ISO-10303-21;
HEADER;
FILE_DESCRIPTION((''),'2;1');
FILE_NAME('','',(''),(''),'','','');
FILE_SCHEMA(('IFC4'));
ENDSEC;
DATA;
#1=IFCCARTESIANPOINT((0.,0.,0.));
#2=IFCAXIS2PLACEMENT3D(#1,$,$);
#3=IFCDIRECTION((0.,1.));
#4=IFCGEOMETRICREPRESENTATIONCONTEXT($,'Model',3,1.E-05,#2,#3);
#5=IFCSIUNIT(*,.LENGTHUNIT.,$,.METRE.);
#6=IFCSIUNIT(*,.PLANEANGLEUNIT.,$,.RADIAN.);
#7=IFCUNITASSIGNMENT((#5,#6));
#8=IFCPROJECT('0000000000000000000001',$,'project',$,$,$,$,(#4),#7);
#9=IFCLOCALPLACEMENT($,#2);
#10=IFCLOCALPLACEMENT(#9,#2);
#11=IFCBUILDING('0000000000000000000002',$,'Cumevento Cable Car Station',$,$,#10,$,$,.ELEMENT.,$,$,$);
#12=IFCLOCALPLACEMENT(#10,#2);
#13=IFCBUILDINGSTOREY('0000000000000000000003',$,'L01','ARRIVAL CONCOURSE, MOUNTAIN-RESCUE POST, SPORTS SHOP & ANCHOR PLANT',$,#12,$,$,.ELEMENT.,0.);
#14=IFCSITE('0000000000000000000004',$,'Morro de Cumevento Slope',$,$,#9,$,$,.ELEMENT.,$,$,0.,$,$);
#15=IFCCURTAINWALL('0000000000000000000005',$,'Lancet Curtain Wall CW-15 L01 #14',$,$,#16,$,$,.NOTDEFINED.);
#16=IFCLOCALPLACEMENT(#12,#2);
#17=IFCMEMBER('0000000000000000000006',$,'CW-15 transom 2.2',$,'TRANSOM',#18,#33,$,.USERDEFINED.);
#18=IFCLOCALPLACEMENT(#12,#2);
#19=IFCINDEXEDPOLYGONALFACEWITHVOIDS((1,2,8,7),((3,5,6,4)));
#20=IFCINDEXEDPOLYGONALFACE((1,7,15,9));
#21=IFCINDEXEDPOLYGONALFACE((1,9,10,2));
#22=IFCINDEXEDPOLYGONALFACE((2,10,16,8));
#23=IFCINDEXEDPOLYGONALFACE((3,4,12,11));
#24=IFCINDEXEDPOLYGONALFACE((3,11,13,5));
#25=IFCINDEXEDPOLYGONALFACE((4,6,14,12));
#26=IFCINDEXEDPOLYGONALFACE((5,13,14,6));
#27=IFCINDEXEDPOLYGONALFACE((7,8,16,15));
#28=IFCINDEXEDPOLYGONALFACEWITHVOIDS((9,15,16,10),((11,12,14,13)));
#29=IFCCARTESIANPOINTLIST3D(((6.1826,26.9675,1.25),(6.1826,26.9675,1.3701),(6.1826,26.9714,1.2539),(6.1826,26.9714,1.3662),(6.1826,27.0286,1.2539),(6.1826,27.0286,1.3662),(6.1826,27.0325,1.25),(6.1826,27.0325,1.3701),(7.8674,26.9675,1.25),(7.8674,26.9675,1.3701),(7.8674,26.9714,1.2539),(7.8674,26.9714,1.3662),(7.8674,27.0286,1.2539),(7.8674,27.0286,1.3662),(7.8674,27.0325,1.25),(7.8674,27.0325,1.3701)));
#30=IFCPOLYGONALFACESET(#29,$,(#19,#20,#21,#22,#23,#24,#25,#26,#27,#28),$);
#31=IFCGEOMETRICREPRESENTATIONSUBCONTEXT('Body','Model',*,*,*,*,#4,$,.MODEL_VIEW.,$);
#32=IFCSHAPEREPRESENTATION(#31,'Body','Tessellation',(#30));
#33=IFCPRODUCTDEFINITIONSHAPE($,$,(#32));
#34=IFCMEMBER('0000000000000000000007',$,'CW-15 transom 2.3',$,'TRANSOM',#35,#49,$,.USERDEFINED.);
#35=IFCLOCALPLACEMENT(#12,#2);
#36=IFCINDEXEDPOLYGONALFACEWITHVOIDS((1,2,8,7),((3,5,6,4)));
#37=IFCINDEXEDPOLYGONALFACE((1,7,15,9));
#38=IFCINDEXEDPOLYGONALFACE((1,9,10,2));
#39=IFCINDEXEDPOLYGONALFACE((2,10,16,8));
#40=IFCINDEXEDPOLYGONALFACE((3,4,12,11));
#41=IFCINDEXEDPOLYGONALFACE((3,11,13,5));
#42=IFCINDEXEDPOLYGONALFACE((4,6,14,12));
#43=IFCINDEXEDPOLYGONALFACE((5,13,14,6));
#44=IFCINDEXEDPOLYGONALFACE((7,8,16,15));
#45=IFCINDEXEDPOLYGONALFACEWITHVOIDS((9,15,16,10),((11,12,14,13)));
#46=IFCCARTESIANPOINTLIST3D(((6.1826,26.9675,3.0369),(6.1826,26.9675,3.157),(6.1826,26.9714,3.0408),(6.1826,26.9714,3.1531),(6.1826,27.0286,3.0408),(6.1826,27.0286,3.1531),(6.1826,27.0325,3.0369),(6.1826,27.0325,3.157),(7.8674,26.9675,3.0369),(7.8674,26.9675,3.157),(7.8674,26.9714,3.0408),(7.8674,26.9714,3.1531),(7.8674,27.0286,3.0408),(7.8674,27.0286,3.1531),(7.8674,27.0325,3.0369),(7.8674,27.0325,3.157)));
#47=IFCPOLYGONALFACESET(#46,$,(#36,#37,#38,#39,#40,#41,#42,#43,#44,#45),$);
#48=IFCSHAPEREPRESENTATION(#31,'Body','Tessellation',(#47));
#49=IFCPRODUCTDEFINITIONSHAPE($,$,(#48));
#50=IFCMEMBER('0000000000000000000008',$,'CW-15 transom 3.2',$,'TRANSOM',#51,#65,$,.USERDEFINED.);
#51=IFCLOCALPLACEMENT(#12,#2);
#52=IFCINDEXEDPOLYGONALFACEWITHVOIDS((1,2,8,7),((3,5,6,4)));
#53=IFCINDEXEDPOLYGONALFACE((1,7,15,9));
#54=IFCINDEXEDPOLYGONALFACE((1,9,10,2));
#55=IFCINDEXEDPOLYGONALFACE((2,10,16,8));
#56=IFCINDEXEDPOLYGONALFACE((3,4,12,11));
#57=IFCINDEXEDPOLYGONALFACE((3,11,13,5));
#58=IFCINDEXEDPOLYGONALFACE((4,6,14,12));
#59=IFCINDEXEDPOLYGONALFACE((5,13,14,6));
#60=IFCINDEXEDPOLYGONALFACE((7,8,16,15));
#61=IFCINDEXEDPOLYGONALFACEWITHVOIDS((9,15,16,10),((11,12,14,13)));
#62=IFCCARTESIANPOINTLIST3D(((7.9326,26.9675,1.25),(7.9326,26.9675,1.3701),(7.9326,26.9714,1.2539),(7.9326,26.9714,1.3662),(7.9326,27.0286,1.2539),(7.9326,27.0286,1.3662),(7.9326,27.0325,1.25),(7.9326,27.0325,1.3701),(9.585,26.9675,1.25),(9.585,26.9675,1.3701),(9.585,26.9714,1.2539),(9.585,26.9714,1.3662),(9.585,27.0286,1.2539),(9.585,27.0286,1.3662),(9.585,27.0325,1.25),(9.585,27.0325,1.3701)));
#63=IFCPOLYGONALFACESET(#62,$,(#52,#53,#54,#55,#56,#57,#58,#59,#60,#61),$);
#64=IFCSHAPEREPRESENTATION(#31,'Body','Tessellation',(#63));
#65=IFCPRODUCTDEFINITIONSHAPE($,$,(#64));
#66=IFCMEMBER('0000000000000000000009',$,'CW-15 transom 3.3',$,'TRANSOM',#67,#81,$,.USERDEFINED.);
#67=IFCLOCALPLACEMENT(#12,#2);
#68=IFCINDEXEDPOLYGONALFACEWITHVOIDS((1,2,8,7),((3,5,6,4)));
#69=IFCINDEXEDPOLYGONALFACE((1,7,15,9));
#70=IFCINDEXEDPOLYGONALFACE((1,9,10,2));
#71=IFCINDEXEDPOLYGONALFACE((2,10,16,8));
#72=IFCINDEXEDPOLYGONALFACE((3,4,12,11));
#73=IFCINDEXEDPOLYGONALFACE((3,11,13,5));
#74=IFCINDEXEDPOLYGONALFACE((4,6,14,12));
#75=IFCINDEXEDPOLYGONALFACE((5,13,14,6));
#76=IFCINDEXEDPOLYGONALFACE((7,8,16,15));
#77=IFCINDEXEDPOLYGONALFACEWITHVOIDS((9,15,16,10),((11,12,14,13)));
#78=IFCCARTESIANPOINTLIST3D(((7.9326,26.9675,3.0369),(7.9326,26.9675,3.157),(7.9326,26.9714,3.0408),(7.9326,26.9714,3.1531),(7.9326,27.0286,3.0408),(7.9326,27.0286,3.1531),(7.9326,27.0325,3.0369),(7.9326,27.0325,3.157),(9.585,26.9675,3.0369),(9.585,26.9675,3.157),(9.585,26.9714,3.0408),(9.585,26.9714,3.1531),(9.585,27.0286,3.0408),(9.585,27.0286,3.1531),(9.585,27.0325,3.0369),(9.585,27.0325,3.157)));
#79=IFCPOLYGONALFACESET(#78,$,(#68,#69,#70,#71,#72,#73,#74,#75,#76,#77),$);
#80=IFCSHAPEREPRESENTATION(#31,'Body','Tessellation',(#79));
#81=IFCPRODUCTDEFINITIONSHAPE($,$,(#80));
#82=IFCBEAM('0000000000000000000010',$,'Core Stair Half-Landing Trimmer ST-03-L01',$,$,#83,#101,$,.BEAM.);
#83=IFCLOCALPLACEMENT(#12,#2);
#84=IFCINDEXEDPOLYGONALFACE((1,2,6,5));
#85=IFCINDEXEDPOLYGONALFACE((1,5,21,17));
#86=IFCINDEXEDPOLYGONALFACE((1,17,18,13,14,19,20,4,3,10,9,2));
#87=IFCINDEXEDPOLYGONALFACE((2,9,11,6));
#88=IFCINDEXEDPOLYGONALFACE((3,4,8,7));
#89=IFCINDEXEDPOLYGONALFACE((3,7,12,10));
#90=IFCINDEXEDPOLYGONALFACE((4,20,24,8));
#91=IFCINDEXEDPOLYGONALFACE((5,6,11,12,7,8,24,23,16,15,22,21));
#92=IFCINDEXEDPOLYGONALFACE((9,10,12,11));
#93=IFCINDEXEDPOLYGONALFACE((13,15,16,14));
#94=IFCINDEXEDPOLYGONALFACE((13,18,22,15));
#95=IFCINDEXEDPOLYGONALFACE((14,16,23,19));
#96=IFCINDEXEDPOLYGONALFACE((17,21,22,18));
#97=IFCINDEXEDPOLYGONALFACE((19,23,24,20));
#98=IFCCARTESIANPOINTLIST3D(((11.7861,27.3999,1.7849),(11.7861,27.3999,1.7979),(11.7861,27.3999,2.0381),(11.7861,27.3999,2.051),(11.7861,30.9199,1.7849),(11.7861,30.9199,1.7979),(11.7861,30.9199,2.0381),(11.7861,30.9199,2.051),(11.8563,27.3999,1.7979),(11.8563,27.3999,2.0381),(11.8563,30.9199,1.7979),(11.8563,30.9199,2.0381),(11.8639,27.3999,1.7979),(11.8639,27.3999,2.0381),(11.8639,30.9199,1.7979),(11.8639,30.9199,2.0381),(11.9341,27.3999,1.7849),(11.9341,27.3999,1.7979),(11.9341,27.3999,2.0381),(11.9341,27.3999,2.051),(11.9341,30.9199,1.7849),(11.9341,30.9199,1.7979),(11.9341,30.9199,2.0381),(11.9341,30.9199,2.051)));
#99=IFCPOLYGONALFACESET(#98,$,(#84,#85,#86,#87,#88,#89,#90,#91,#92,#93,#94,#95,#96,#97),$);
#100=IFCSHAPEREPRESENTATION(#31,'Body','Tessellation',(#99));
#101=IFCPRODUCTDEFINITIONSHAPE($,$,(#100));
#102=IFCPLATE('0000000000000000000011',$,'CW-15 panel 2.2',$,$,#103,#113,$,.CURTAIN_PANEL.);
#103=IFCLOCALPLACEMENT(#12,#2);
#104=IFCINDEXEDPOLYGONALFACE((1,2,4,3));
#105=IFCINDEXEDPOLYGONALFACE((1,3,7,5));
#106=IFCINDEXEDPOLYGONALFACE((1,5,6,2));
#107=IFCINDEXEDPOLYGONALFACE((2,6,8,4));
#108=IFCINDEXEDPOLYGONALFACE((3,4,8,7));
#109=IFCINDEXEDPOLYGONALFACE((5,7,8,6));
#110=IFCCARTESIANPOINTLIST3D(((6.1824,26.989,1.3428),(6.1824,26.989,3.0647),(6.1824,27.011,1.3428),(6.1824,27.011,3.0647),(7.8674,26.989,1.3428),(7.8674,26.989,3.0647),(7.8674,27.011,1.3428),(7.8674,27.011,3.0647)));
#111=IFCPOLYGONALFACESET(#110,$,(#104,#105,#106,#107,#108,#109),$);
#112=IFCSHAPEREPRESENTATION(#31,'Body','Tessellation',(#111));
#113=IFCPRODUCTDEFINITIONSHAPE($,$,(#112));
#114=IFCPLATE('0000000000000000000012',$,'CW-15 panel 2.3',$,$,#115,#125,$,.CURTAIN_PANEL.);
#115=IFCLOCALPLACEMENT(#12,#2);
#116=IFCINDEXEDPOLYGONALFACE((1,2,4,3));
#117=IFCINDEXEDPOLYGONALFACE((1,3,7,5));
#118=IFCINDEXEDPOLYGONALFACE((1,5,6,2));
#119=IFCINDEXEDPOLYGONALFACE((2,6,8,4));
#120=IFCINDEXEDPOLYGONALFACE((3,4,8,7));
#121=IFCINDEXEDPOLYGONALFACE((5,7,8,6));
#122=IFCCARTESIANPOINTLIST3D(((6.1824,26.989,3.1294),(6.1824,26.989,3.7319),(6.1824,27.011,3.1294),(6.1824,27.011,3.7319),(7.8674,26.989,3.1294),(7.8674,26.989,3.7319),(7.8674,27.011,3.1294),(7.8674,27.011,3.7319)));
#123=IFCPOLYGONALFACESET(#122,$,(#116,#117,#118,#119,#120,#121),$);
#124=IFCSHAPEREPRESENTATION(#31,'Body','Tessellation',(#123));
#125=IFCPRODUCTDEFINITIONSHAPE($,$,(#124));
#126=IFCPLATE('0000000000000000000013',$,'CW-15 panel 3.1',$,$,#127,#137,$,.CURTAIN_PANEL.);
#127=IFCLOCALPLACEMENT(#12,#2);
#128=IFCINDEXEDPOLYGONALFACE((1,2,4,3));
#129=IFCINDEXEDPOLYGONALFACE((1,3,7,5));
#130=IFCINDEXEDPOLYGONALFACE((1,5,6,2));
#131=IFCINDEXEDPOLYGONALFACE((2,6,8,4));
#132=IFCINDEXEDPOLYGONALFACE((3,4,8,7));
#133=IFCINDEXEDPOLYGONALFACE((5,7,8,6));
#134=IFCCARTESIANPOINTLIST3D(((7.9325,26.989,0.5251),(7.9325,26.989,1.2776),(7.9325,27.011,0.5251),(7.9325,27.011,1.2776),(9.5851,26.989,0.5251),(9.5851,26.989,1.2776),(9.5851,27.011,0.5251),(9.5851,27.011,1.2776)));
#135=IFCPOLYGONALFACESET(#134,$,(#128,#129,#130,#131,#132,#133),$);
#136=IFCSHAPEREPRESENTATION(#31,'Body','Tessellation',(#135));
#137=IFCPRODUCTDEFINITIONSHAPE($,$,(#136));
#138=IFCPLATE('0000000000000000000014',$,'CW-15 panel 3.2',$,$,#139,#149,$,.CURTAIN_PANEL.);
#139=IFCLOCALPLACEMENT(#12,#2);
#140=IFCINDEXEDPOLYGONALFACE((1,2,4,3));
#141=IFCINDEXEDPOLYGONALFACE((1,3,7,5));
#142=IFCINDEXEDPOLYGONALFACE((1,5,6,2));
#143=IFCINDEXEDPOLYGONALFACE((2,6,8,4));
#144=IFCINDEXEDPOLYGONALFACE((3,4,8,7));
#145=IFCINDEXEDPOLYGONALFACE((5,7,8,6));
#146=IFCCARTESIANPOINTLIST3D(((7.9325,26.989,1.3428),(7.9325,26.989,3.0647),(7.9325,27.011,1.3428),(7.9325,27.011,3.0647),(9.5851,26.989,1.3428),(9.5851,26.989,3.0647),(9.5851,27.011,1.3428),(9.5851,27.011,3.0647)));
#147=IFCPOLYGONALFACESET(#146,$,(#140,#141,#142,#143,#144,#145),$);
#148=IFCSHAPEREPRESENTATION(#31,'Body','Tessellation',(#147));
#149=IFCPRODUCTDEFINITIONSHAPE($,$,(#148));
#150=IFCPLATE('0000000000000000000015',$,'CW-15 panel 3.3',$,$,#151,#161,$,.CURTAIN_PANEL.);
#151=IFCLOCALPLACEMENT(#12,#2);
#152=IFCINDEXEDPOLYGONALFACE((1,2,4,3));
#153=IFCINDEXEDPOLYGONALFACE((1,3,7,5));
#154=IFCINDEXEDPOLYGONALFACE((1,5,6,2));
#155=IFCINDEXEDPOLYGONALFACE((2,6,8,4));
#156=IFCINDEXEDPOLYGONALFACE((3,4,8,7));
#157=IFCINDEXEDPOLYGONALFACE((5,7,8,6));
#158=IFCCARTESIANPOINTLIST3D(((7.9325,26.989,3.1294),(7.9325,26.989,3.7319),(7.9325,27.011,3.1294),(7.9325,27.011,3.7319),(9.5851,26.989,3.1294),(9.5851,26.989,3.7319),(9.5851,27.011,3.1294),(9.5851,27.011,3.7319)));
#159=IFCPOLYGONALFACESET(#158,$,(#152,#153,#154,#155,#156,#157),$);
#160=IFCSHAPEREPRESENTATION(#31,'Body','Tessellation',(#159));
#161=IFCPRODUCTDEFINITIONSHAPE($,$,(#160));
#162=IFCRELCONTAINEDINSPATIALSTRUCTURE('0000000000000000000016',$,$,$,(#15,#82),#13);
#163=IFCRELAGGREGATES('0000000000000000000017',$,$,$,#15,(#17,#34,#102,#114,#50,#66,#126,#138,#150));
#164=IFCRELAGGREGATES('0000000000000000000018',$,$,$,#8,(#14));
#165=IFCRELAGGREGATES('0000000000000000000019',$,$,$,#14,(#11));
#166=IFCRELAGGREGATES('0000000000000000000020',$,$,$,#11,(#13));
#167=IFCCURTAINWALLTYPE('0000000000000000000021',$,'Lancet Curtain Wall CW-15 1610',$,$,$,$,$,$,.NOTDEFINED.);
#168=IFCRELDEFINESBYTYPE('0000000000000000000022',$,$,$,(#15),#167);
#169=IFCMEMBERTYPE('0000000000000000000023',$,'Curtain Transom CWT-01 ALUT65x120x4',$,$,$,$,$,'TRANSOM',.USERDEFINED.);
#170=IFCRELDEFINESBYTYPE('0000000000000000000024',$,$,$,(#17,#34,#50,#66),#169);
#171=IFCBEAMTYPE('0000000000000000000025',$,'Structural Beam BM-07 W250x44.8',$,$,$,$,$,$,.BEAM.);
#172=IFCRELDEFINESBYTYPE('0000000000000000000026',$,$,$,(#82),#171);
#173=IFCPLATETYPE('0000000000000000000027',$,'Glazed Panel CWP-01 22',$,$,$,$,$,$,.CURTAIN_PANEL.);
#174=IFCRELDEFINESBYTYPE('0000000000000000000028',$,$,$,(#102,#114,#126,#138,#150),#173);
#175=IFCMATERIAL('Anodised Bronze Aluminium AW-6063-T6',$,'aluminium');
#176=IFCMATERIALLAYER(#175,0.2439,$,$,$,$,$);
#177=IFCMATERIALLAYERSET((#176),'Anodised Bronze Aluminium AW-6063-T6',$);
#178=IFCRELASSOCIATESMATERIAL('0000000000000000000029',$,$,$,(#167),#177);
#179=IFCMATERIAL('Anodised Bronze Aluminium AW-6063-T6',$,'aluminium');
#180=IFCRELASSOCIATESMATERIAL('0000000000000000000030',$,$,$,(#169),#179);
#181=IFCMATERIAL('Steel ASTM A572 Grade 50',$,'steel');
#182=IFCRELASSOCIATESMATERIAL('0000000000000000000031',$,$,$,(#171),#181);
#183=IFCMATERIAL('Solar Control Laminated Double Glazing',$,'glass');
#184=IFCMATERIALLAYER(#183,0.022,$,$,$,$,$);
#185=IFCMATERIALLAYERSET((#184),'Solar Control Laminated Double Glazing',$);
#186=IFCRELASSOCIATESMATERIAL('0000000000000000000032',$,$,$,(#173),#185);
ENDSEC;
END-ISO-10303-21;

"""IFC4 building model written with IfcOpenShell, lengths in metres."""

from ifc_helpers import new_model, si_unit, direction, frame, origin, origin_2d, place, context, subcontext, project, spatial, rectangle, hollow_rectangle, i_section, extrude, material, layer, layer_set, material_profile, profile_set, type_object, element, aggregate, save


model = new_model("IFC4")

# Units and contexts
model_context = context("Model", 3, precision=1e-05, world=origin(), true_north=direction((0.0, 1.0)))
body_context = subcontext(model_context, "Body", "Model", "MODEL_VIEW")
ifc_project = project(units=[si_unit("LENGTHUNIT", "METRE"), si_unit("PLANEANGLEUNIT", "RADIAN")], contexts=[model_context])

# Site, building, storey
site_placement = place(None, origin())
site = spatial("IfcSite", under=ifc_project, at=site_placement, Name="Morro de Cumevento Slope", CompositionType="ELEMENT", RefElevation=0.0)
building_placement = place(site_placement, origin())
building = spatial("IfcBuilding", under=site, at=building_placement, Name="Cumevento Cable Car Station", CompositionType="ELEMENT")
storey_placement = place(building_placement, origin())
storey = spatial("IfcBuildingStorey", under=building, at=storey_placement, Name="L01", Description="ARRIVAL CONCOURSE, MOUNTAIN-RESCUE POST, SPORTS SHOP & ANCHOR PLANT", CompositionType="ELEMENT", Elevation=0.0)

# Curtain wall, members
ifc_material_1 = material(Name="Anodised Bronze Aluminium AW-6063-T6", Category="aluminium")
ifc_layer_1 = layer(ifc_material_1, 0.2439)
ifc_layer_set_1 = layer_set([ifc_layer_1], Name="Anodised Bronze Aluminium AW-6063-T6")
curtain_wall_type = type_object("IfcCurtainWallType", Name="Lancet Curtain Wall CW-15 1610", PredefinedType="NOTDEFINED", material=ifc_layer_set_1)
curtain_wall_placement = place(storey_placement, origin())
curtain_wall = element("IfcCurtainWall", 1, at=curtain_wall_placement, inside=storey, type_object=curtain_wall_type, Name="Lancet Curtain Wall CW-15 L01 #14", PredefinedType="NOTDEFINED")
ifc_material_2 = material(Name="Anodised Bronze Aluminium AW-6063-T6", Category="aluminium")
ifc_material_profile_1 = material_profile(ifc_material_2, hollow_rectangle(XDim=0.0649, YDim=0.1201, WallThickness=0.0039, at=origin_2d()), Name="ALUT65x120x4")
ifc_profile_set_1 = profile_set([ifc_material_profile_1], Name="Anodised Bronze Aluminium AW-6063-T6")
member_type = type_object("IfcMemberType", Name="Curtain Transom CWT-01 ALUT65x120x4", ElementType="TRANSOM", PredefinedType="USERDEFINED", material=ifc_profile_set_1)
member_1_placement = place(storey_placement, frame((6.1826, 27.0, 1.3101), z_axis=(1.0, 0.0, 0.0), x_axis=(0.0, 1.0, 0.0)))
member_1 = element("IfcMember", 2, at=member_1_placement, type_object=member_type, Name="CW-15 transom 2.2", ObjectType="TRANSOM", PredefinedType="USERDEFINED", context=body_context, shape_type="SweptSolid", body=[
    extrude(hollow_rectangle(XDim=0.0649, YDim=0.1201, WallThickness=0.0039, at=origin_2d()), origin(), (0.0, 0.0, 1.0), 1.6848),
])
member_2_placement = place(storey_placement, frame((6.1826, 27.0, 3.0969), z_axis=(1.0, 0.0, 0.0), x_axis=(0.0, 1.0, 0.0)))
member_2 = element("IfcMember", 3, at=member_2_placement, type_object=member_type, Name="CW-15 transom 2.3", ObjectType="TRANSOM", PredefinedType="USERDEFINED", context=body_context, shape_type="SweptSolid", body=[
    extrude(hollow_rectangle(XDim=0.0649, YDim=0.1201, WallThickness=0.0039, at=origin_2d()), origin(), (0.0, 0.0, 1.0), 1.6848),
])
member_3_placement = place(storey_placement, frame((7.9326, 27.0, 1.3101), z_axis=(1.0, 0.0, 0.0), x_axis=(0.0, 1.0, 0.0)))
member_3 = element("IfcMember", 4, at=member_3_placement, type_object=member_type, Name="CW-15 transom 3.2", ObjectType="TRANSOM", PredefinedType="USERDEFINED", context=body_context, shape_type="SweptSolid", body=[
    extrude(hollow_rectangle(XDim=0.0649, YDim=0.1201, WallThickness=0.0039, at=origin_2d()), origin(), (0.0, 0.0, 1.0), 1.6523),
])
member_4_placement = place(storey_placement, frame((7.9326, 27.0, 3.0969), z_axis=(1.0, 0.0, 0.0), x_axis=(0.0, 1.0, 0.0)))
member_4 = element("IfcMember", 5, at=member_4_placement, type_object=member_type, Name="CW-15 transom 3.3", ObjectType="TRANSOM", PredefinedType="USERDEFINED", context=body_context, shape_type="SweptSolid", body=[
    extrude(hollow_rectangle(XDim=0.0649, YDim=0.1201, WallThickness=0.0039, at=origin_2d()), origin(), (0.0, 0.0, 1.0), 1.6523),
])

# Beam
ifc_material_3 = material(Name="Steel ASTM A572 Grade 50", Category="steel")
ifc_material_profile_2 = material_profile(ifc_material_3, i_section(OverallWidth=0.1479, OverallDepth=0.2661, WebThickness=0.0076, FlangeThickness=0.0129, at=origin_2d()), Name="W250x44.8")
ifc_profile_set_2 = profile_set([ifc_material_profile_2], Name="Steel ASTM A572 Grade 50")
beam_type = type_object("IfcBeamType", Name="Structural Beam BM-07 W250x44.8", PredefinedType="BEAM", material=ifc_profile_set_2)
beam_placement = place(storey_placement, frame((11.8601, 27.3999, 1.918), z_axis=(0.0, 1.0, 0.0), x_axis=(-1.0, 0.0, 0.0)))
element("IfcBeam", 6, at=beam_placement, inside=storey, type_object=beam_type, Name="Core Stair Half-Landing Trimmer ST-03-L01", PredefinedType="BEAM", context=body_context, shape_type="SweptSolid", body=[
    extrude(i_section(OverallWidth=0.1479, OverallDepth=0.2661, WebThickness=0.0076, FlangeThickness=0.0129, at=origin_2d()), origin(), (0.0, 0.0, 1.0), 3.52),
])

# Plates
ifc_material_4 = material(Name="Solar Control Laminated Double Glazing", Category="glass")
ifc_layer_2 = layer(ifc_material_4, 0.022)
ifc_layer_set_2 = layer_set([ifc_layer_2], Name="Solar Control Laminated Double Glazing")
plate_type = type_object("IfcPlateType", Name="Glazed Panel CWP-01 22", PredefinedType="CURTAIN_PANEL", material=ifc_layer_set_2)
plate_1_placement = place(storey_placement, frame((7.0249, 27.0, 1.3428), z_axis=(0.0, 0.0, 1.0), x_axis=(1.0, 0.0, 0.0)))
plate_1 = element("IfcPlate", 7, at=plate_1_placement, type_object=plate_type, Name="CW-15 panel 2.2", PredefinedType="CURTAIN_PANEL", context=body_context, shape_type="SweptSolid", body=[
    extrude(rectangle(XDim=1.6851, YDim=0.022, at=origin_2d()), origin(), (0.0, 0.0, 1.0), 1.7219),
])
plate_2_placement = place(storey_placement, frame((7.0249, 27.0, 3.1294), z_axis=(0.0, 0.0, 1.0), x_axis=(1.0, 0.0, 0.0)))
plate_2 = element("IfcPlate", 8, at=plate_2_placement, type_object=plate_type, Name="CW-15 panel 2.3", PredefinedType="CURTAIN_PANEL", context=body_context, shape_type="SweptSolid", body=[
    extrude(rectangle(XDim=1.6851, YDim=0.022, at=origin_2d()), origin(), (0.0, 0.0, 1.0), 0.6025),
])
plate_3_placement = place(storey_placement, frame((8.7588, 27.0, 0.5251), z_axis=(0.0, 0.0, 1.0), x_axis=(1.0, 0.0, 0.0)))
plate_3 = element("IfcPlate", 9, at=plate_3_placement, type_object=plate_type, Name="CW-15 panel 3.1", PredefinedType="CURTAIN_PANEL", context=body_context, shape_type="SweptSolid", body=[
    extrude(rectangle(XDim=1.6526, YDim=0.022, at=origin_2d()), origin(), (0.0, 0.0, 1.0), 0.7524),
])
plate_4_placement = place(storey_placement, frame((8.7588, 27.0, 1.3428), z_axis=(0.0, 0.0, 1.0), x_axis=(1.0, 0.0, 0.0)))
plate_4 = element("IfcPlate", 10, at=plate_4_placement, type_object=plate_type, Name="CW-15 panel 3.2", PredefinedType="CURTAIN_PANEL", context=body_context, shape_type="SweptSolid", body=[
    extrude(rectangle(XDim=1.6526, YDim=0.022, at=origin_2d()), origin(), (0.0, 0.0, 1.0), 1.7219),
])
plate_5_placement = place(storey_placement, frame((8.7588, 27.0, 3.1294), z_axis=(0.0, 0.0, 1.0), x_axis=(1.0, 0.0, 0.0)))
plate_5 = element("IfcPlate", 11, at=plate_5_placement, type_object=plate_type, Name="CW-15 panel 3.3", PredefinedType="CURTAIN_PANEL", context=body_context, shape_type="SweptSolid", body=[
    extrude(rectangle(XDim=1.6526, YDim=0.022, at=origin_2d()), origin(), (0.0, 0.0, 1.0), 0.6025),
])
aggregate(curtain_wall, [member_1, member_2, plate_1, plate_2, member_3, member_4, plate_3, plate_4, plate_5])

save(model, "model.ifc")
